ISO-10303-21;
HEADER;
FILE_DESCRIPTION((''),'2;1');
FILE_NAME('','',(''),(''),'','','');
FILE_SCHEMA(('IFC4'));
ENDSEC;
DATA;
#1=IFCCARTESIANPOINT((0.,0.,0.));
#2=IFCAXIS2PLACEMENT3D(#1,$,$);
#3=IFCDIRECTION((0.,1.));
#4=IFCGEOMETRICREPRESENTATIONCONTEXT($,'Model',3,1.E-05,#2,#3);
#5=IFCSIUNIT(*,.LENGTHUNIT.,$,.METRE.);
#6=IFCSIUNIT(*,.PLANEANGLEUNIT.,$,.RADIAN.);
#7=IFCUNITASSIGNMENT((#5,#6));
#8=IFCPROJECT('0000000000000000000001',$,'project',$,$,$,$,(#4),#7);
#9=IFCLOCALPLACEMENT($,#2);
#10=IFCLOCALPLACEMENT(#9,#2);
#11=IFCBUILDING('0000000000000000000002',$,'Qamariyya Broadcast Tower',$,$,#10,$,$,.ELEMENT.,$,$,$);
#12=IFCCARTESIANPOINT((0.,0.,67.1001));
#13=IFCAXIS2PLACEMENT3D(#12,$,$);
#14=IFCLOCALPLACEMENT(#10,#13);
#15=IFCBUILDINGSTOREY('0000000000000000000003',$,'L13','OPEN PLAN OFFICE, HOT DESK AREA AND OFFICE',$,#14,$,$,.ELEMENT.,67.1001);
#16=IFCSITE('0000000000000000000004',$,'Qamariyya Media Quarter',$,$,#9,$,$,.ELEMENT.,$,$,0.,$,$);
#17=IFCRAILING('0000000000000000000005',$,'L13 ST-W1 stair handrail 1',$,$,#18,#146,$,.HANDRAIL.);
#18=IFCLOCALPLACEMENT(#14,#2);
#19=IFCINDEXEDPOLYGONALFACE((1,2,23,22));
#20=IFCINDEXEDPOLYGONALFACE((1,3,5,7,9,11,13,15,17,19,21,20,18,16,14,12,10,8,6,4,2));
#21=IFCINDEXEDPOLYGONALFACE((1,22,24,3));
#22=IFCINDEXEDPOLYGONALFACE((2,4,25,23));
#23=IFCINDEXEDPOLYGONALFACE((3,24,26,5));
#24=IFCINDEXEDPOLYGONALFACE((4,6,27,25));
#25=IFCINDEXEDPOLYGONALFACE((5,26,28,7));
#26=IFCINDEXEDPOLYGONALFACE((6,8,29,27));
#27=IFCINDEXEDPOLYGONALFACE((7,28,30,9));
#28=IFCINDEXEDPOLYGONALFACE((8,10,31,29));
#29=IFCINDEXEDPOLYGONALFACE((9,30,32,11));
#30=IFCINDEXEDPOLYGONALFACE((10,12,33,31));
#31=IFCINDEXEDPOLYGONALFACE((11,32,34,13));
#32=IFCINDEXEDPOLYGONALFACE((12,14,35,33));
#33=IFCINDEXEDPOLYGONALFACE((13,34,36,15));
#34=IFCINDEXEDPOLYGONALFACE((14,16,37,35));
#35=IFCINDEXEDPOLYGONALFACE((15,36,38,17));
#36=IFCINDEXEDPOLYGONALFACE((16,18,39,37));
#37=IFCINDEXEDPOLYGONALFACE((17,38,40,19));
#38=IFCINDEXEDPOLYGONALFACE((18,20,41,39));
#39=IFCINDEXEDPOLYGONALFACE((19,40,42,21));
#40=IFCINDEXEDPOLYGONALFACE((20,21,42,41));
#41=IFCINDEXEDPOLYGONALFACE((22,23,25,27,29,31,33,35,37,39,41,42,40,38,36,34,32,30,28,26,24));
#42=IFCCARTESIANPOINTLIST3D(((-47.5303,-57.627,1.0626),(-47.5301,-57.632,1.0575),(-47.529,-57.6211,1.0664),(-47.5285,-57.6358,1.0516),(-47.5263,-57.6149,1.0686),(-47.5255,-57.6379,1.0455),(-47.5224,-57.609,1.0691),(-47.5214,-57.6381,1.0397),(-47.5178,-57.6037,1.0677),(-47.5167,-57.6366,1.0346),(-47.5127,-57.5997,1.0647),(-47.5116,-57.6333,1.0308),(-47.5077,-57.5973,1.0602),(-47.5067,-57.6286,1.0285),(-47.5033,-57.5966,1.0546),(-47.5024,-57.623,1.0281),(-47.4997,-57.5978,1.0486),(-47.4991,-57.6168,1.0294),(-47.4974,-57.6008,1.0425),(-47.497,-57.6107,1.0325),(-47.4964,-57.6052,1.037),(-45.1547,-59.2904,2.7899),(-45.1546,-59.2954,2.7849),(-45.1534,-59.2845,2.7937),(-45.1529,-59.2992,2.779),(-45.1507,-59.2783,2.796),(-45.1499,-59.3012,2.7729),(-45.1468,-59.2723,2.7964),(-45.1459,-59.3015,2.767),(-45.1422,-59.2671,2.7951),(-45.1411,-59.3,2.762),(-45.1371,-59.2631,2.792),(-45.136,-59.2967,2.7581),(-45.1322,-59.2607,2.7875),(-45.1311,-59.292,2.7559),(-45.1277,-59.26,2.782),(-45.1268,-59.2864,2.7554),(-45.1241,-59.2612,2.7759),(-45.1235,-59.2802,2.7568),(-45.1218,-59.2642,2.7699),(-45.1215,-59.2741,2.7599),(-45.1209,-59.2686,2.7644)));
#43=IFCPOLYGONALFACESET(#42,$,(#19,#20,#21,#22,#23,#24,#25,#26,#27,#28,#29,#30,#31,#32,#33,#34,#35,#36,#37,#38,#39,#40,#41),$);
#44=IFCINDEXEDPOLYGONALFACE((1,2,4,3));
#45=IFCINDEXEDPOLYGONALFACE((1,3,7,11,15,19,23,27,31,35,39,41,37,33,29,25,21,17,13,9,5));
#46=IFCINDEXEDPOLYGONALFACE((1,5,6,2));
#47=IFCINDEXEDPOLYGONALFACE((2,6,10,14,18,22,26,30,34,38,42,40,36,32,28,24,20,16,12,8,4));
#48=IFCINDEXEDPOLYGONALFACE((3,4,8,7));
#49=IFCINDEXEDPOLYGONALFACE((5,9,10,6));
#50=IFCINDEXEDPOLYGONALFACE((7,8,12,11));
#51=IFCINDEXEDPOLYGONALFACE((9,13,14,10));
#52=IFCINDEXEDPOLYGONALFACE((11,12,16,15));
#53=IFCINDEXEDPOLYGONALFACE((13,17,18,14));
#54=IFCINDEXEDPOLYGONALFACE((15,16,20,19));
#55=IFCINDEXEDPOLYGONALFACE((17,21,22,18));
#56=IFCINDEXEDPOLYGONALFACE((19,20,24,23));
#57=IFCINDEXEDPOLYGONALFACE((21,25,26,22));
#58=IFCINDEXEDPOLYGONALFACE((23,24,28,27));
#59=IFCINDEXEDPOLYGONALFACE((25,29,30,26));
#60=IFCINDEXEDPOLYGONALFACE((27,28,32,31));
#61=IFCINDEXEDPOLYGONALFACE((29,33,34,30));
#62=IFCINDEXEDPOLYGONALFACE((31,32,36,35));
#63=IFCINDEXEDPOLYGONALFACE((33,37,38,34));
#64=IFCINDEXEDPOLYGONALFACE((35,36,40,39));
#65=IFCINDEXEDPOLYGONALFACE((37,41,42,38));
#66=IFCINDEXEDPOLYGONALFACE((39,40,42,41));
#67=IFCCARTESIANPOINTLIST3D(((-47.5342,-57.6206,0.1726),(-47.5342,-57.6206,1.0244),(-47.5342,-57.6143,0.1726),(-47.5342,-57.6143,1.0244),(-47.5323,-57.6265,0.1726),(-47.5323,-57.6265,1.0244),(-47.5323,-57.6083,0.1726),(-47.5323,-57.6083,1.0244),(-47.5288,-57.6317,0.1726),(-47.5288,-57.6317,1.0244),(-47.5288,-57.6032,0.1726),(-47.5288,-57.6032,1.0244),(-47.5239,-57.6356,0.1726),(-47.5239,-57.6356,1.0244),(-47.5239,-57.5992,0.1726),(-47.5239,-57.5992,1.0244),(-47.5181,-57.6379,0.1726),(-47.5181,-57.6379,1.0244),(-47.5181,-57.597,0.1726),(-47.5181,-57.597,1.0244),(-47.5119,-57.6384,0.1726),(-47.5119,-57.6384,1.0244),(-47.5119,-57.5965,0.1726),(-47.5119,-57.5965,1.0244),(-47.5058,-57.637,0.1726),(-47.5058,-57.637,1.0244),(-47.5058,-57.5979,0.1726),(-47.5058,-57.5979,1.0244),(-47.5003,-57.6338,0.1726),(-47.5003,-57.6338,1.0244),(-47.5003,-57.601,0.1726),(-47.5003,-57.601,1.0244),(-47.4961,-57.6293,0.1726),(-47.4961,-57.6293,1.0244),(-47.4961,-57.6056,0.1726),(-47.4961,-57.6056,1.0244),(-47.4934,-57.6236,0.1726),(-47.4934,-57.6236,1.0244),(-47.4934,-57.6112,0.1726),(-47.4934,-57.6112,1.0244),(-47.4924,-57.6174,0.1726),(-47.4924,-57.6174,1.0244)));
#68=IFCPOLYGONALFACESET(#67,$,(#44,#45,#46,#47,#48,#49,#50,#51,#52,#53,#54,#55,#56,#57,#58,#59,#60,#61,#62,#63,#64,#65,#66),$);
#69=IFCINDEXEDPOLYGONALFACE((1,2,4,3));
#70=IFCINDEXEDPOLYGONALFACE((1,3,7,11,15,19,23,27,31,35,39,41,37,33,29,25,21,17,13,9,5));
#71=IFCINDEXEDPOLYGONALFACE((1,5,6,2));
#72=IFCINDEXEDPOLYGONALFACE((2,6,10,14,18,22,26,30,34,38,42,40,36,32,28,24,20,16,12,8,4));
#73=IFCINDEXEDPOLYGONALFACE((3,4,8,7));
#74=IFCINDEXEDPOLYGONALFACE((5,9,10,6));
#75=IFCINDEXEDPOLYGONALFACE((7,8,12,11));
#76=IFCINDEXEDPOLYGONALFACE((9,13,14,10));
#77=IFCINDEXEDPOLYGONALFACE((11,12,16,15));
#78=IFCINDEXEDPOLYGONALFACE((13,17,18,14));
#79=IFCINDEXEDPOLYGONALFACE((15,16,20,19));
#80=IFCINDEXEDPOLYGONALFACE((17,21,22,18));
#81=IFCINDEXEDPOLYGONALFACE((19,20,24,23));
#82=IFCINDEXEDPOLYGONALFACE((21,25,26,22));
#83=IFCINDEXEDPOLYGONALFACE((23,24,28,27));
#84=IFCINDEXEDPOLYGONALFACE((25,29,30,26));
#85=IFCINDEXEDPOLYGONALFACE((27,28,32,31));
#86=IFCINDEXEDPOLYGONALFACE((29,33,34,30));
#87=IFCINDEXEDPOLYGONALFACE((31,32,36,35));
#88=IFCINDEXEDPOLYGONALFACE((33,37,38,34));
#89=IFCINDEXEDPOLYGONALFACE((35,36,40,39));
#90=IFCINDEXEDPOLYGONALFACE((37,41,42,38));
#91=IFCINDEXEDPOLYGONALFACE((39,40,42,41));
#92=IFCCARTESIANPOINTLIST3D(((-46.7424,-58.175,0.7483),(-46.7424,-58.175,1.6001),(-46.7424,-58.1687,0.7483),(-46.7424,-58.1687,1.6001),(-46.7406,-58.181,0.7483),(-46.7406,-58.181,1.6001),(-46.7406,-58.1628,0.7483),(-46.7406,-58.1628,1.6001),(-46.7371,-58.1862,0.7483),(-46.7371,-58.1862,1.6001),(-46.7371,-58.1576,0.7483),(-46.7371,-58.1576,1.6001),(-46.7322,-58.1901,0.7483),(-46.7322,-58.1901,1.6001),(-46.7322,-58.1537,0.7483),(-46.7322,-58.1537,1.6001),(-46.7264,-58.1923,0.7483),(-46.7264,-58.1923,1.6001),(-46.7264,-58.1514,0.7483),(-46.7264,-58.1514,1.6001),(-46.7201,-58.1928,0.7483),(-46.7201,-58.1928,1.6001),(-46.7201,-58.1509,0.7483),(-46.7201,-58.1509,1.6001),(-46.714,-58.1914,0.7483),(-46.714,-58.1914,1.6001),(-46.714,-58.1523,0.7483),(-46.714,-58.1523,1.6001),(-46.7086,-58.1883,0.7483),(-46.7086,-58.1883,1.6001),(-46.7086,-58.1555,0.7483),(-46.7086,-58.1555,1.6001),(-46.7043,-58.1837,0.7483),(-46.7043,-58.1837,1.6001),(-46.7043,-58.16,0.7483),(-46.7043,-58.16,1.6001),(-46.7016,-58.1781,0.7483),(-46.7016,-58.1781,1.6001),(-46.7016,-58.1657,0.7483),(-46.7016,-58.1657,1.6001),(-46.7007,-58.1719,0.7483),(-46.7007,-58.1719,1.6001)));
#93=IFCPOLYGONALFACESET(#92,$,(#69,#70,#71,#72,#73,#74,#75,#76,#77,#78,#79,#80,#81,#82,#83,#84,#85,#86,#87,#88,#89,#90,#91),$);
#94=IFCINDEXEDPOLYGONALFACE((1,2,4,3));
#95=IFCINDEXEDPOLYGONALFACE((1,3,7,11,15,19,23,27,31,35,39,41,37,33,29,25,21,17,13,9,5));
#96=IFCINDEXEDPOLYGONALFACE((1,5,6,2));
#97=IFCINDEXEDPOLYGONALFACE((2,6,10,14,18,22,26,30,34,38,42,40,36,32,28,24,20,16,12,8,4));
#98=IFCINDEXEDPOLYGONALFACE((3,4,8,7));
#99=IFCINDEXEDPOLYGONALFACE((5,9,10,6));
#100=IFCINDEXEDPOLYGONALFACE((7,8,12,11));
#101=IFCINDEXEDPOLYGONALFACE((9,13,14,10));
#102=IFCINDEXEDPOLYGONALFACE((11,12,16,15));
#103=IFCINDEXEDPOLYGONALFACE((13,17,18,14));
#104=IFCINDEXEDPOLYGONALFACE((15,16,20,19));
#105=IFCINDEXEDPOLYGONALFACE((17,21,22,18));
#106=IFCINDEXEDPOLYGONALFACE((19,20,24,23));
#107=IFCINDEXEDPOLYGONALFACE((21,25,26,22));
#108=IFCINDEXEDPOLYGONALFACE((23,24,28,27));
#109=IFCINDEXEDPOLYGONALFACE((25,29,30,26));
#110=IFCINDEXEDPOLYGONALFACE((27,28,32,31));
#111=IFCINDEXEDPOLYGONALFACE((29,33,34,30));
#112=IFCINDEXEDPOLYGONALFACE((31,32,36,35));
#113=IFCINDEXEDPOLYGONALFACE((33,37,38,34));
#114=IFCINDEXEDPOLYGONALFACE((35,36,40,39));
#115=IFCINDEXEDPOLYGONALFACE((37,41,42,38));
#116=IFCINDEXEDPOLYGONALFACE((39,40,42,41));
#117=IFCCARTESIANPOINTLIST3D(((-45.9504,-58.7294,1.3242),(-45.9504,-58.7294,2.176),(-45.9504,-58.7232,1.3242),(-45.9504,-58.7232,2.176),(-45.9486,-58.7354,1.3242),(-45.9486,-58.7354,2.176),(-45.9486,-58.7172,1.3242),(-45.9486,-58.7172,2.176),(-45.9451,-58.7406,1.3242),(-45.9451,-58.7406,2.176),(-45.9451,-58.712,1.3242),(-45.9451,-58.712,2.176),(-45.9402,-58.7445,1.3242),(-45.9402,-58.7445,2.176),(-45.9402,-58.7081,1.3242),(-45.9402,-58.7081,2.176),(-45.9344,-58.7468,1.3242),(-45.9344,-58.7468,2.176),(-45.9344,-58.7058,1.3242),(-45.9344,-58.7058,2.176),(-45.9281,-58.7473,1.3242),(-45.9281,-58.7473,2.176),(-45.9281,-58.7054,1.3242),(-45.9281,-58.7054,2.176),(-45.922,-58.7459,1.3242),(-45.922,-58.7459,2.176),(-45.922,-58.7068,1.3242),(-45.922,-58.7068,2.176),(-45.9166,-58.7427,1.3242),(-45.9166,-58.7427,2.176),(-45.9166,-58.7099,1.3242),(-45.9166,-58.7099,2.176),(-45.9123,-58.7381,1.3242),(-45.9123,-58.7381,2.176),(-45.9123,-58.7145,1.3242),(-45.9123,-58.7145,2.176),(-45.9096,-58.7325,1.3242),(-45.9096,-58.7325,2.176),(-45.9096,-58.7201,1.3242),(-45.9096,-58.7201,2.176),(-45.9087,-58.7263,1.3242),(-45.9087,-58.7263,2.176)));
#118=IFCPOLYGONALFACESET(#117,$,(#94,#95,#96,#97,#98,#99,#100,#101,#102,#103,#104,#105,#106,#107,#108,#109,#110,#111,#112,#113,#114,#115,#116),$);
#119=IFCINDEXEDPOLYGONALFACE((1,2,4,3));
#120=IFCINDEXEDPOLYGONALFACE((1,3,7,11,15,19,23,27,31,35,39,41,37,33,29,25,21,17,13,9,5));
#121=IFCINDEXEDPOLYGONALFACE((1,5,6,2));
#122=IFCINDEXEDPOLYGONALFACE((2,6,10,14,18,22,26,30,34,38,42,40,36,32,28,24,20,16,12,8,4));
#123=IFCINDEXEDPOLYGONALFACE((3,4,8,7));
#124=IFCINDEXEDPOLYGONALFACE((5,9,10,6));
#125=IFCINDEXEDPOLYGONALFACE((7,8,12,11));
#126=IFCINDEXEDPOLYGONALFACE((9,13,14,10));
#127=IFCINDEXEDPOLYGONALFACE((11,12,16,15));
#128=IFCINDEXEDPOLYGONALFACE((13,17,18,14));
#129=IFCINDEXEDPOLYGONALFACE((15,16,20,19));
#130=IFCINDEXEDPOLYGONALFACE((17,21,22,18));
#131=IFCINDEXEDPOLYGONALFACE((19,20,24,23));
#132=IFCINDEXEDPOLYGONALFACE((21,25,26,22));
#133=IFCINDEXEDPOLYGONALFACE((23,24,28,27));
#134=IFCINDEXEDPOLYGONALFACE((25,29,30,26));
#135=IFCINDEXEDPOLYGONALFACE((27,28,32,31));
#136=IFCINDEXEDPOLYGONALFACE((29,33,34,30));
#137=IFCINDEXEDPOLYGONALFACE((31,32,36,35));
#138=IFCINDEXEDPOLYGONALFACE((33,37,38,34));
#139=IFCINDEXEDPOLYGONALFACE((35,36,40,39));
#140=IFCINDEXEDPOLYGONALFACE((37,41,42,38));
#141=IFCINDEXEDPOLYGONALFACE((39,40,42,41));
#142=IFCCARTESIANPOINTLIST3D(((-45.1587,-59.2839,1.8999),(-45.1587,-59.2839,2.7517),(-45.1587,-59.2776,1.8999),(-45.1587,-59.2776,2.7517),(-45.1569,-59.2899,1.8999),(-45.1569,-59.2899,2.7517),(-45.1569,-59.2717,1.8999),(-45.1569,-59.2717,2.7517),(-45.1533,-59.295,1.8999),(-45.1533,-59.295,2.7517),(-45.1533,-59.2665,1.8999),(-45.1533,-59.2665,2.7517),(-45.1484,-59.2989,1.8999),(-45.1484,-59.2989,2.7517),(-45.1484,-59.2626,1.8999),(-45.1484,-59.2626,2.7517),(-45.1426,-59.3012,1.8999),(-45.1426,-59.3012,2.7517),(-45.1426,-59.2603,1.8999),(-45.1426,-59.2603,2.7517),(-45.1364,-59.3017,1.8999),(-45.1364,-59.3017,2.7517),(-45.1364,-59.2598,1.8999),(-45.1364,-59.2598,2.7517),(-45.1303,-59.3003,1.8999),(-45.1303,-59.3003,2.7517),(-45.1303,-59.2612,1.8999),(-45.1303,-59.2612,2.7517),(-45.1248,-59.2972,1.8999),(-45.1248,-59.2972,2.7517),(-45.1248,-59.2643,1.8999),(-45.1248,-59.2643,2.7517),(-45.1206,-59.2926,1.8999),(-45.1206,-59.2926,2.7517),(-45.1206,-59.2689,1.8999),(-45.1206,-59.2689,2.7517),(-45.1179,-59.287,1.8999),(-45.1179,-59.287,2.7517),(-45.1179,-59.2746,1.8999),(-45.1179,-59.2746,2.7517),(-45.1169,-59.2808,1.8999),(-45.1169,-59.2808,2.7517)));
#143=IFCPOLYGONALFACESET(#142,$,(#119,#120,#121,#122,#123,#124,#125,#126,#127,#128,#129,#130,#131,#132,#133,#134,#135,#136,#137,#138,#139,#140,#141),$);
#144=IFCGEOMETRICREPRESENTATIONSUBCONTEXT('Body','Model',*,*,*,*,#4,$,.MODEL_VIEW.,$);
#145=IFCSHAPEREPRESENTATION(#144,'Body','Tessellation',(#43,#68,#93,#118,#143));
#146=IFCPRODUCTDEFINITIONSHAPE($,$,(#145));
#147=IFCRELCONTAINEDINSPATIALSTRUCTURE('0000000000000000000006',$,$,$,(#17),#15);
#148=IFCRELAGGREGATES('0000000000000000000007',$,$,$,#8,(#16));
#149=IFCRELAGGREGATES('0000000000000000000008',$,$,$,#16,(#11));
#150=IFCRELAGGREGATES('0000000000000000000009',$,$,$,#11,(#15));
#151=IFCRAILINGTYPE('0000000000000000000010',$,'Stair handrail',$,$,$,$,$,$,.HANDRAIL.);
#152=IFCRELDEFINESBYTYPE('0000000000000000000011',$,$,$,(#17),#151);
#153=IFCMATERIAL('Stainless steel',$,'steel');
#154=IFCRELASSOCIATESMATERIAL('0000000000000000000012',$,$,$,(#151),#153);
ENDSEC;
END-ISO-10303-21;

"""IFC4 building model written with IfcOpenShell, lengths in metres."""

from ifc_helpers import new_model, si_unit, direction, frame, origin, origin_2d, place, context, subcontext, project, spatial, circle, extrude, material, type_object, element, save


model = new_model("IFC4")

# Units and contexts
model_context = context("Model", 3, precision=1e-05, world=origin(), true_north=direction((0.0, 1.0)))
body_context = subcontext(model_context, "Body", "Model", "MODEL_VIEW")
ifc_project = project(units=[si_unit("LENGTHUNIT", "METRE"), si_unit("PLANEANGLEUNIT", "RADIAN")], contexts=[model_context])

# Site, building, storey
site_placement = place(None, origin())
site = spatial("IfcSite", under=ifc_project, at=site_placement, Name="Qamariyya Media Quarter", CompositionType="ELEMENT", RefElevation=0.0)
building_placement = place(site_placement, origin())
building = spatial("IfcBuilding", under=site, at=building_placement, Name="Qamariyya Broadcast Tower", CompositionType="ELEMENT")
storey_placement = place(building_placement, frame((0.0, 0.0, 67.1001)))
storey = spatial("IfcBuildingStorey", under=building, at=storey_placement, Name="L13", Description="OPEN PLAN OFFICE, HOT DESK AREA AND OFFICE", CompositionType="ELEMENT", Elevation=67.1001)

# Railing
ifc_material_1 = material(Name="Stainless steel", Category="steel")
railing_type_1 = type_object("IfcRailingType", Name="Stair handrail", PredefinedType="HANDRAIL", material=ifc_material_1)
railing_1_placement = place(storey_placement, frame((-47.5134, -57.6174, 0.1726)))
element("IfcRailing", 1, at=railing_1_placement, inside=storey, type_object=railing_type_1, Name="L13 ST-W1 stair handrail 1", PredefinedType="HANDRAIL", context=body_context, shape_type="SweptSolid", body=[
    extrude(circle(Radius=0.0239, at=origin_2d()), frame((0.0, 0.0, 0.876), z_axis=(0.70377, -0.492784, 0.511734), x_axis=(0.573575, 0.819153, 0.0)), (0.0, 0.0, 1.0), 3.3755),
    extrude(circle(Radius=0.021, at=origin_2d()), origin(), (0.0, 0.0, 1.0), 0.8518),
    extrude(circle(Radius=0.021, at=origin_2d()), frame((0.7917, -0.5544, 0.5757)), (0.0, 0.0, 1.0), 0.8518),
    extrude(circle(Radius=0.021, at=origin_2d()), frame((1.5837, -1.1089, 1.1516)), (0.0, 0.0, 1.0), 0.8518),
    extrude(circle(Radius=0.021, at=origin_2d()), frame((2.3755, -1.6633, 1.7273)), (0.0, 0.0, 1.0), 0.8518),
])

save(model, "model.ifc")
